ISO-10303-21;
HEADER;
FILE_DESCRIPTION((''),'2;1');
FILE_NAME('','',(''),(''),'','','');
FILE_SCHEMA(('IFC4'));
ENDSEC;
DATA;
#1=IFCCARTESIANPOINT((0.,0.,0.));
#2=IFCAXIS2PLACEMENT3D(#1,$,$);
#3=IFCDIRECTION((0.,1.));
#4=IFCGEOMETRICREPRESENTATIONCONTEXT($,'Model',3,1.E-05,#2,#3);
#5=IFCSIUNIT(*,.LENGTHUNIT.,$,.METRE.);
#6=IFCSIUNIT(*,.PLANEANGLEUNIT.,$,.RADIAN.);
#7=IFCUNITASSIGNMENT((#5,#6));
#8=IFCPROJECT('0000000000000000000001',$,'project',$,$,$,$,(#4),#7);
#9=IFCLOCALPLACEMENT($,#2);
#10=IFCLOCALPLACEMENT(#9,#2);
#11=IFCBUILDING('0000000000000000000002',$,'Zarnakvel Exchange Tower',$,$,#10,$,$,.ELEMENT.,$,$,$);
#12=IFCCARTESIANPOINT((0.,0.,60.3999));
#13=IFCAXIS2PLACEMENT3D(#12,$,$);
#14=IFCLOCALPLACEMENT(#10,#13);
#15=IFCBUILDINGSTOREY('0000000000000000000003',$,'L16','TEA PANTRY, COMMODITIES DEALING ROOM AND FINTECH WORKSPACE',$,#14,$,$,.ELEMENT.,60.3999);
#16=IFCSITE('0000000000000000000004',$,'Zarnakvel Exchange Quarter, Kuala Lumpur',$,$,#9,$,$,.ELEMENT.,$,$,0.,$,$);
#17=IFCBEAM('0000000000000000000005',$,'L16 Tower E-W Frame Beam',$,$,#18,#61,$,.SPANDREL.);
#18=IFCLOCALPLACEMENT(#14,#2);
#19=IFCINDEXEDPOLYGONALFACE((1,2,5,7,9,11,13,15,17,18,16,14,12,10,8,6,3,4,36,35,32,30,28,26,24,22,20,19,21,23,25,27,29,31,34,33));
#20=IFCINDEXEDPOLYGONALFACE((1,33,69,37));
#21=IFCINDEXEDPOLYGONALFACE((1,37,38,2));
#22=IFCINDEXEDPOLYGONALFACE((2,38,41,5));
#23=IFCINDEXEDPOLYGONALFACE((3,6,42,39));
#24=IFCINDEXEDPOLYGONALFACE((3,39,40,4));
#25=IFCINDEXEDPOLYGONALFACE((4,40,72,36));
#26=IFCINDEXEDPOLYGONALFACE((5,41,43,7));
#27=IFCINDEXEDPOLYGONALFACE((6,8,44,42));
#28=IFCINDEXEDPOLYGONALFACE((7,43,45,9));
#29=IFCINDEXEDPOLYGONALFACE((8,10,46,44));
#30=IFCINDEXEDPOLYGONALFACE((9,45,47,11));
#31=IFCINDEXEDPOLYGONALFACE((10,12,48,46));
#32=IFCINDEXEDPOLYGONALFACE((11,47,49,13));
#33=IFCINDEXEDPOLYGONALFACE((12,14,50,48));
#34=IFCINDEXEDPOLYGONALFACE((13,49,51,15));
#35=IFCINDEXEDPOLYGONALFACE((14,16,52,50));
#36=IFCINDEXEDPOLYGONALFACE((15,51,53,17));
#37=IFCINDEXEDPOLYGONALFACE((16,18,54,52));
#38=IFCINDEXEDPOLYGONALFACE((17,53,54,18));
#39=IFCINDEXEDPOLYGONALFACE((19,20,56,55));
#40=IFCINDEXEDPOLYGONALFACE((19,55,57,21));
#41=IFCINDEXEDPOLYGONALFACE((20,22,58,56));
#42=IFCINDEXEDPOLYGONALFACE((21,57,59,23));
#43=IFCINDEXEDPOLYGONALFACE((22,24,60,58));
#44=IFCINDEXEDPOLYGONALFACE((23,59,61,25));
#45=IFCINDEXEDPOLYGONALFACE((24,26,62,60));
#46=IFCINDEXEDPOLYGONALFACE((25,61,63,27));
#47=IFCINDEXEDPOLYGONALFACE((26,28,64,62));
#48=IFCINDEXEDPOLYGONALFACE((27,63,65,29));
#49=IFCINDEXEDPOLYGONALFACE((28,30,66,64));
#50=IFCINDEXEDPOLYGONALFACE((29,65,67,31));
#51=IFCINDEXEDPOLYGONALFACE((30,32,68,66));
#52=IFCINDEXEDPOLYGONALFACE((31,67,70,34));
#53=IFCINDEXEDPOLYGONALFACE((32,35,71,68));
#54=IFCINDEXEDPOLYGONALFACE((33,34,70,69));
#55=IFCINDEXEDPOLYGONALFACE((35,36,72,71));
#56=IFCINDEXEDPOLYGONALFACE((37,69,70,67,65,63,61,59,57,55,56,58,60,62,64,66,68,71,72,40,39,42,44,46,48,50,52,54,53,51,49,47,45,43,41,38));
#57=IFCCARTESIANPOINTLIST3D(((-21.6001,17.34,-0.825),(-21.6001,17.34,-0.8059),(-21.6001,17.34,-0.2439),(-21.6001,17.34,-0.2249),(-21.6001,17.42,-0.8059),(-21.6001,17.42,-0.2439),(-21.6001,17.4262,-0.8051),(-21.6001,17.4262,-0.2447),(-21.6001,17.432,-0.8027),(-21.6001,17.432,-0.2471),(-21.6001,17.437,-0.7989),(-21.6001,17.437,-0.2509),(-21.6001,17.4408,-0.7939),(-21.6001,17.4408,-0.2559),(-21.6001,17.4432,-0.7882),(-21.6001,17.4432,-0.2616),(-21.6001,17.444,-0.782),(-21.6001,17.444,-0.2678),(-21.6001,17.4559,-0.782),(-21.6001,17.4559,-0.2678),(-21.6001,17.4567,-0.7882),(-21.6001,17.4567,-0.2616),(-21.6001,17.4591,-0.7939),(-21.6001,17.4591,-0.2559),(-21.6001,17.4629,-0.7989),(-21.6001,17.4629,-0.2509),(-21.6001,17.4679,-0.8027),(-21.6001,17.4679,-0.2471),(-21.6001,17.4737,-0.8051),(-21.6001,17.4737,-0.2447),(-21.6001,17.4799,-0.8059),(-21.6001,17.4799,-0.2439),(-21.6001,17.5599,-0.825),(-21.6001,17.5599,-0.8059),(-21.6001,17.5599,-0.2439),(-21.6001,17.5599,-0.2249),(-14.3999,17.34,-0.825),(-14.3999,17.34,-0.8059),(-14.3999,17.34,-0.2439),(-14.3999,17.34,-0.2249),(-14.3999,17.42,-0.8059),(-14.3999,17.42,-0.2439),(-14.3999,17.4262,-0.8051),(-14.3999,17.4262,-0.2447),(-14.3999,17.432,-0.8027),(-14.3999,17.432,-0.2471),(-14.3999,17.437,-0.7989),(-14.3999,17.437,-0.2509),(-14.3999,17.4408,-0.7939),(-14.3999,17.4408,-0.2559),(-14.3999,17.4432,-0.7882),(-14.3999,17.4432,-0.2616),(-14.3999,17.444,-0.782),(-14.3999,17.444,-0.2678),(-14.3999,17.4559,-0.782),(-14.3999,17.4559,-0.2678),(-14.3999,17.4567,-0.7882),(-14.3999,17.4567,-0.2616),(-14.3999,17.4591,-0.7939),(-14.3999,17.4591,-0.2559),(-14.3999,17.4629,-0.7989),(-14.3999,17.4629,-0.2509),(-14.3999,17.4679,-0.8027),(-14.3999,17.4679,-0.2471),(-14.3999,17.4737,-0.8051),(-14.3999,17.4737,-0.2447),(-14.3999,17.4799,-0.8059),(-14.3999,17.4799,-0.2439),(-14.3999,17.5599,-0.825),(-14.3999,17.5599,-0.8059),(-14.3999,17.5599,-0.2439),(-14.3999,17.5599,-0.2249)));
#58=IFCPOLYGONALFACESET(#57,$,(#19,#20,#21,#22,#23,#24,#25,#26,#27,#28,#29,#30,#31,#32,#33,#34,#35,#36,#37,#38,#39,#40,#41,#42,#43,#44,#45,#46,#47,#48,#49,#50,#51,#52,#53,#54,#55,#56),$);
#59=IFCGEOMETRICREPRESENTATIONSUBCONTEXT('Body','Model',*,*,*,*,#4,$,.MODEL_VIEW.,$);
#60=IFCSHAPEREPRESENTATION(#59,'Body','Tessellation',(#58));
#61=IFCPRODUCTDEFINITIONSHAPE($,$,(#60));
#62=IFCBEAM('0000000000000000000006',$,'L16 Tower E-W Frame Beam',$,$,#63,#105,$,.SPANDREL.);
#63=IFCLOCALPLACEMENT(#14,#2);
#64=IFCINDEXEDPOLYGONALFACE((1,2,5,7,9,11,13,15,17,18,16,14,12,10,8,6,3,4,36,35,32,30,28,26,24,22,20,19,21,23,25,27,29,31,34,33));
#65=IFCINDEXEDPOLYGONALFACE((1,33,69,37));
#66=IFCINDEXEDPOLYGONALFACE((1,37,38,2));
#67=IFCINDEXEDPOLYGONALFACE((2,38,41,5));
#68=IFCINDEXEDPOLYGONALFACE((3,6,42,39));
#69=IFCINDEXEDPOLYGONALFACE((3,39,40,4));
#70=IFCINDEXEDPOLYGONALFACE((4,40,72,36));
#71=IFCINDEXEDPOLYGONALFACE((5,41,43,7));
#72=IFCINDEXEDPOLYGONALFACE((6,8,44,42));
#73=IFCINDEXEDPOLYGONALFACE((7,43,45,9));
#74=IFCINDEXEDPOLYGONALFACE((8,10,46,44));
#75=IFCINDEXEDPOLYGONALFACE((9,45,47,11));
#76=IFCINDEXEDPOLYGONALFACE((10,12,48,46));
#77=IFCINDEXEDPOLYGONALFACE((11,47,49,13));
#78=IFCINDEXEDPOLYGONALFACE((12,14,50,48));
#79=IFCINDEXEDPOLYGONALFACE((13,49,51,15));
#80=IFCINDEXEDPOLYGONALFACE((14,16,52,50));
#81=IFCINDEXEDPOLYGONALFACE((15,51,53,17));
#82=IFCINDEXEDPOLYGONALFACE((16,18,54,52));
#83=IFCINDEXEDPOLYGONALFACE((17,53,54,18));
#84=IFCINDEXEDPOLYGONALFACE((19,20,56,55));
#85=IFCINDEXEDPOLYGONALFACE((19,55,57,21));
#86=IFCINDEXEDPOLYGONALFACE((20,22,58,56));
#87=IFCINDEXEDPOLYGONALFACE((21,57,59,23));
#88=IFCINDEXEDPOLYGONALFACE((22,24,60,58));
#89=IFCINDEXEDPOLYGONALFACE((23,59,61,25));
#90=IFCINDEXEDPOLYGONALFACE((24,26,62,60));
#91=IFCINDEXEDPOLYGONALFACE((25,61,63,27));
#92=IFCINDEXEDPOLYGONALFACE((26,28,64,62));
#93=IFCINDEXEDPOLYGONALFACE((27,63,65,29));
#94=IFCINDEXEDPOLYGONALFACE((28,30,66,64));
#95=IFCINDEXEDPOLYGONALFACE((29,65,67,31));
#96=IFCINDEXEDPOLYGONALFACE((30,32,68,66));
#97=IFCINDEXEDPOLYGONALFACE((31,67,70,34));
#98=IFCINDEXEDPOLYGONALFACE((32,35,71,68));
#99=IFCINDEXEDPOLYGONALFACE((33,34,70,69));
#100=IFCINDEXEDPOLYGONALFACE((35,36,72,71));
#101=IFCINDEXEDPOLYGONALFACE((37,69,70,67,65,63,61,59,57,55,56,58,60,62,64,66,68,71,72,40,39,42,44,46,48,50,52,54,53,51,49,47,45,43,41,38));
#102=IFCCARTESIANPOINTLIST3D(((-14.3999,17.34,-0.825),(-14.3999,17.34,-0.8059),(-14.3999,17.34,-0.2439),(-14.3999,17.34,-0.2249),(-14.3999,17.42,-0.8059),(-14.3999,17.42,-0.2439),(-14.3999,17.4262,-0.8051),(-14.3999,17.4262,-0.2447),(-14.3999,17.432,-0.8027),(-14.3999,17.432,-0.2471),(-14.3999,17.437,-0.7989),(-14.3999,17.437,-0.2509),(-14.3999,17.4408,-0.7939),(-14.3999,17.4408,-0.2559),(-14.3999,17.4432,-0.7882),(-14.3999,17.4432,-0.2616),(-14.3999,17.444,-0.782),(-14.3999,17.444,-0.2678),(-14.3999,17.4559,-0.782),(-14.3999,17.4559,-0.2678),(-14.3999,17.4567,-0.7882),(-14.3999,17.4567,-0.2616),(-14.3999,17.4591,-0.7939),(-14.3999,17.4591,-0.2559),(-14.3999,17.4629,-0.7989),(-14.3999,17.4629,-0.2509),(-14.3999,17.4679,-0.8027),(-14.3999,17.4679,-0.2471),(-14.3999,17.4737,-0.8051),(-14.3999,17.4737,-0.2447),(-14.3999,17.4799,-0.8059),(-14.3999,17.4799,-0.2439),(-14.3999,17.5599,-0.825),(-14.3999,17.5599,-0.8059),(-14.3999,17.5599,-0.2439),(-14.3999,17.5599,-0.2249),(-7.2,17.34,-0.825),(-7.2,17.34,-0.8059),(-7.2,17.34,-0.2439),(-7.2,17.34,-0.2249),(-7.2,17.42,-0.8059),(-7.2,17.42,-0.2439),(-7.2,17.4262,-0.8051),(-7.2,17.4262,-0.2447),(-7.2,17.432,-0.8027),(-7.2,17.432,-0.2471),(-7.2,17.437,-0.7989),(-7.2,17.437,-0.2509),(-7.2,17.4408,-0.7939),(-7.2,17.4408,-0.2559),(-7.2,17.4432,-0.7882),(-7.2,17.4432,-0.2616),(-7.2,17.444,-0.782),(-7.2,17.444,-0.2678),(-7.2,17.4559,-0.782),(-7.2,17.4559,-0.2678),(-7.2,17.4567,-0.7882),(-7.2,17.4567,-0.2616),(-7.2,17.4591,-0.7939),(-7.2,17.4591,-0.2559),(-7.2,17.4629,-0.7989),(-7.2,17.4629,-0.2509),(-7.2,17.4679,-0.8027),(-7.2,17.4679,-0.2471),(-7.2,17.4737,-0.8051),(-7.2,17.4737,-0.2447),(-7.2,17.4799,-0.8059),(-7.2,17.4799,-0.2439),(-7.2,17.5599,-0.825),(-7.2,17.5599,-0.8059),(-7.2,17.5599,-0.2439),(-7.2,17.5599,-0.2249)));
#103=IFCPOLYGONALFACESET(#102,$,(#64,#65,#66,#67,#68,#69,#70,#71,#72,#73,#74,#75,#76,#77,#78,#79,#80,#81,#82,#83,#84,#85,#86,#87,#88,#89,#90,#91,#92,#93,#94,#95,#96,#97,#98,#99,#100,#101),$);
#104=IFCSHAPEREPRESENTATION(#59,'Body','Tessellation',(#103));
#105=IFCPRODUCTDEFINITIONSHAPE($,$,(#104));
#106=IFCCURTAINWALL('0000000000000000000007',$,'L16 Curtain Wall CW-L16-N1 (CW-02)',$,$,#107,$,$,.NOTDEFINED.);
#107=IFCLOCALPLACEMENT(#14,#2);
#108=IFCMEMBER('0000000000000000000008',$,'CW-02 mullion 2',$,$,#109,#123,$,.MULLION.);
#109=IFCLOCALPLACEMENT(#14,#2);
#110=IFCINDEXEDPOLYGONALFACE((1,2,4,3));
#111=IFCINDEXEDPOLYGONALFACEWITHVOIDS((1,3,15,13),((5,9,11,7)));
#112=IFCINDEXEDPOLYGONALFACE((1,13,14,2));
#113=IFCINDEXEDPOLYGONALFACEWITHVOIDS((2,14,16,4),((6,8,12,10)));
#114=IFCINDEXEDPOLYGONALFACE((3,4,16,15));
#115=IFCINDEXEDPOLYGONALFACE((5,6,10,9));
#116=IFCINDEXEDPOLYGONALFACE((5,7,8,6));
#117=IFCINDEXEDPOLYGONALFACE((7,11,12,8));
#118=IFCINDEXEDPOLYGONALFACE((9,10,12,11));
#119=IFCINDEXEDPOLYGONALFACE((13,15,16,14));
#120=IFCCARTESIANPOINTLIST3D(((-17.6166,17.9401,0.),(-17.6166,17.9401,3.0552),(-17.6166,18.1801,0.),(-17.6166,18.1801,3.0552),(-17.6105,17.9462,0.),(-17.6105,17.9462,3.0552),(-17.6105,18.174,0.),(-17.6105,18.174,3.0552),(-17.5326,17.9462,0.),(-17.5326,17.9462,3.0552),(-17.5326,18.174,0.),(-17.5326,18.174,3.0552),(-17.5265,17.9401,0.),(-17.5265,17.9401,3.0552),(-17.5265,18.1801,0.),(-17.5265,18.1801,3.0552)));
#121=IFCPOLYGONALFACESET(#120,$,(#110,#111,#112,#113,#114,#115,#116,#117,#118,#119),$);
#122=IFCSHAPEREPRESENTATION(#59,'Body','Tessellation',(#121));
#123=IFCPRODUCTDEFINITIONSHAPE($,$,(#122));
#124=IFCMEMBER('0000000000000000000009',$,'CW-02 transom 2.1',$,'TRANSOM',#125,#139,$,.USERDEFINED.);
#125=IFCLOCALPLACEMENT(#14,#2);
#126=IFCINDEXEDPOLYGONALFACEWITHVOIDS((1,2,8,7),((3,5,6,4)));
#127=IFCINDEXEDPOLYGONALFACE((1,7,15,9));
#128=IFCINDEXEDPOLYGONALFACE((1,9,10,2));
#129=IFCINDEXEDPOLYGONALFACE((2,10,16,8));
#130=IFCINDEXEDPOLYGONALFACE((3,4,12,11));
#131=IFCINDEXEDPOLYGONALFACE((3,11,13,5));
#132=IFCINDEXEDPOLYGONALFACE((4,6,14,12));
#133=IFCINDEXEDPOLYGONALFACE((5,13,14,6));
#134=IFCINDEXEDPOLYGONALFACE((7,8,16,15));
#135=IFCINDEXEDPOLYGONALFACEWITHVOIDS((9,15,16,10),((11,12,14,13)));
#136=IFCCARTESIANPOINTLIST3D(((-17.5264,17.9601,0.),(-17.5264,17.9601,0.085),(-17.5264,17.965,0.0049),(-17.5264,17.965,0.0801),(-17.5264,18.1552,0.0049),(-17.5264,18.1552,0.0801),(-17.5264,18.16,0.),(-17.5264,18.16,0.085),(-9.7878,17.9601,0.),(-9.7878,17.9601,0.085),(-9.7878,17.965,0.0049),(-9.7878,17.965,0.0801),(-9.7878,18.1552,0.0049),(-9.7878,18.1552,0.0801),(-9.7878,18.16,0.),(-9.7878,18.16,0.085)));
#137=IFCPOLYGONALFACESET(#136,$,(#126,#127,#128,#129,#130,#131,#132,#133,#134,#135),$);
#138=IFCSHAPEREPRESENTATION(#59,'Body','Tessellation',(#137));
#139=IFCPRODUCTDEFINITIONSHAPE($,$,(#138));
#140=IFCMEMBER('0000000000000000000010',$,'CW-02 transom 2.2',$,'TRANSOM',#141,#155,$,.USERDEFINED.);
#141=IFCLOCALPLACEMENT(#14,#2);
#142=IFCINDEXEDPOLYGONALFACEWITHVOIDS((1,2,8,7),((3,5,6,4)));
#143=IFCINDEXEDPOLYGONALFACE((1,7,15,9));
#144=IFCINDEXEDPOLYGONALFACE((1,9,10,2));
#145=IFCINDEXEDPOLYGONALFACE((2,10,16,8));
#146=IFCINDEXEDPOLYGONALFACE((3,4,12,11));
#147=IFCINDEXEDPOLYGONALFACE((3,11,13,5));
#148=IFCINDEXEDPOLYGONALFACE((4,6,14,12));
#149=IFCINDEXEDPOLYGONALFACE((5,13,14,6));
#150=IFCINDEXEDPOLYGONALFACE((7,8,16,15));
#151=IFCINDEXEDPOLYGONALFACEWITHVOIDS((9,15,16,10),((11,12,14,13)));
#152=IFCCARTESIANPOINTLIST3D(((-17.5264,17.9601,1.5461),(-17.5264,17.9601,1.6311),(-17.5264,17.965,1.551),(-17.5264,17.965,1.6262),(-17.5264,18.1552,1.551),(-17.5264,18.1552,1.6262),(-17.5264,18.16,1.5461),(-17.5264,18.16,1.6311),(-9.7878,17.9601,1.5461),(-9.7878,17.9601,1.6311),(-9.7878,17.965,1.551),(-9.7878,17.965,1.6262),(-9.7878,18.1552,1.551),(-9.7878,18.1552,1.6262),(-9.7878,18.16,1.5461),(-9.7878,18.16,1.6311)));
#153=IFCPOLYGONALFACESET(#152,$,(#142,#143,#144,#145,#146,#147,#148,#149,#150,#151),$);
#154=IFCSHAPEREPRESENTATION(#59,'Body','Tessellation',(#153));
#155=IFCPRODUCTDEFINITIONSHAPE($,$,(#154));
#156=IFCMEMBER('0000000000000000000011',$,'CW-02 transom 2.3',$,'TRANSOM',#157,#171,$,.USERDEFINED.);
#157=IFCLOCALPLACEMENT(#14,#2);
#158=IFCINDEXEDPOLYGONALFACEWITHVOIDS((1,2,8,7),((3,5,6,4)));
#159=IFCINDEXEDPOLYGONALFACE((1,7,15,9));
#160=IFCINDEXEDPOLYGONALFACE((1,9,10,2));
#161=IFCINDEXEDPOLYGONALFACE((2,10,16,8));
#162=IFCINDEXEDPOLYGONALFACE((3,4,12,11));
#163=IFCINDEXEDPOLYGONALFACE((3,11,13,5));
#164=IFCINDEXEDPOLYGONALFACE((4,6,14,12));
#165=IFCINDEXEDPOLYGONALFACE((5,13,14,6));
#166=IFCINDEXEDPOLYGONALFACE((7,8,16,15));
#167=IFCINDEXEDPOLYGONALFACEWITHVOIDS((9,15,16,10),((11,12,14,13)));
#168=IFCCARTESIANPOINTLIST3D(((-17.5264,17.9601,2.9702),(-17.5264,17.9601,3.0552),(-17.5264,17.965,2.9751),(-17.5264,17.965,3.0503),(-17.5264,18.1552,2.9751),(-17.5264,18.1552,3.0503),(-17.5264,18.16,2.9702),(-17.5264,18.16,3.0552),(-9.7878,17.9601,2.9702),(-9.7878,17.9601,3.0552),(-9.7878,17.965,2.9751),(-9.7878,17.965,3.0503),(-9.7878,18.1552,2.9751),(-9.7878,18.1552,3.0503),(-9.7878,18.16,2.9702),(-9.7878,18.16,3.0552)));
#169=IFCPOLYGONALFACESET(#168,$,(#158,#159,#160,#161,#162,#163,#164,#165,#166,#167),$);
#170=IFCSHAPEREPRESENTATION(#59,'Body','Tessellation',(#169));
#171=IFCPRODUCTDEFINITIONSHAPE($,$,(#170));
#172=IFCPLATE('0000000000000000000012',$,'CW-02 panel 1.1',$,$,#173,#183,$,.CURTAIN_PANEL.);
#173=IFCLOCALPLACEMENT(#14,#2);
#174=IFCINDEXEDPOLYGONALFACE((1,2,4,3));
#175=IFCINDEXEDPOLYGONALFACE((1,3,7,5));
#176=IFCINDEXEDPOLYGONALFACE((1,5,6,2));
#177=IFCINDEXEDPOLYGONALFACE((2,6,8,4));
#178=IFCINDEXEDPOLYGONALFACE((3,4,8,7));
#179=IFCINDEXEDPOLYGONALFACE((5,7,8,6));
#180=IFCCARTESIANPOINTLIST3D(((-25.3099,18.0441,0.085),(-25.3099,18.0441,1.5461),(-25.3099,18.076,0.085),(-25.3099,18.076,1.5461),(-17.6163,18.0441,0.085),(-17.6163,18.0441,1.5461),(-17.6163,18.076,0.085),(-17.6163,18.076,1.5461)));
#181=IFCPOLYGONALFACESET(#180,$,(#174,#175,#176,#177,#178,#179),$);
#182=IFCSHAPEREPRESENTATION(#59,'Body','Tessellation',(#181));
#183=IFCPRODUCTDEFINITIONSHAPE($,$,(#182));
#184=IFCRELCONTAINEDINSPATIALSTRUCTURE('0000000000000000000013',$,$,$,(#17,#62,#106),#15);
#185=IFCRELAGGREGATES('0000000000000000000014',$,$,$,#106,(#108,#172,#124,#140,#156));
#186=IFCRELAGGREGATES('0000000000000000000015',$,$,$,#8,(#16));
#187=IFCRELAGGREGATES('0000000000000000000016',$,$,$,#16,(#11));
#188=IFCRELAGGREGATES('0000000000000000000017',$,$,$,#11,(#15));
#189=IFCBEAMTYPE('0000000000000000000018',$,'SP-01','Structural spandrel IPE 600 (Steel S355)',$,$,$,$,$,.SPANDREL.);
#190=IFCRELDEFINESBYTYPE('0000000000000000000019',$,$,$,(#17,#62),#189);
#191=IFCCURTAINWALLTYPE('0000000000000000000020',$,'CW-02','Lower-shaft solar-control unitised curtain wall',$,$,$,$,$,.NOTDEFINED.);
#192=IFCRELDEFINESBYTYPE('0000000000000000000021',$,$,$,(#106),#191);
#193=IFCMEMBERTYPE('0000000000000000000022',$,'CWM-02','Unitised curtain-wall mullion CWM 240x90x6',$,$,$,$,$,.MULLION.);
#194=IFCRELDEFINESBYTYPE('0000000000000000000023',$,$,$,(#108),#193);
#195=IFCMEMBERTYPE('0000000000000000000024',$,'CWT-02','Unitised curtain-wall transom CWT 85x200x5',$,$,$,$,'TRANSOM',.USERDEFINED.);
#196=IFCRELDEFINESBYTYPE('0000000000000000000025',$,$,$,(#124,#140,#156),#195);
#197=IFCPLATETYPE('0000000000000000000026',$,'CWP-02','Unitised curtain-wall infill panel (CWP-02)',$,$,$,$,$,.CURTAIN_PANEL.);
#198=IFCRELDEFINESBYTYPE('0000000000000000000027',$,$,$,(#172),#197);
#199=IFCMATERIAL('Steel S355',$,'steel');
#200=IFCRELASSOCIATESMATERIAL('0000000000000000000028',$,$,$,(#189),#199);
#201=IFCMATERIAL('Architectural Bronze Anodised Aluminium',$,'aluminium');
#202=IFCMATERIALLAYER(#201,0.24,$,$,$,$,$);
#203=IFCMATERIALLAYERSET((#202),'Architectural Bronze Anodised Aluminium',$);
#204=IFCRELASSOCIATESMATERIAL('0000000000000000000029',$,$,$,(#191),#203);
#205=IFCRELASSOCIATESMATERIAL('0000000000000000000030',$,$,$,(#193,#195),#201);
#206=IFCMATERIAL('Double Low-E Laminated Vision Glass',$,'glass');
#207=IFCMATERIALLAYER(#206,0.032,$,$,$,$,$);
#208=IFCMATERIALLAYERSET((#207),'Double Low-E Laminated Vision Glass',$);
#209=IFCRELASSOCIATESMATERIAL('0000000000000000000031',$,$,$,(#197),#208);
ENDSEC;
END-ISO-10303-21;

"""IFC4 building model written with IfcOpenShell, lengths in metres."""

from ifc_helpers import new_model, si_unit, direction, frame, origin, origin_2d, place, context, subcontext, project, spatial, rectangle, hollow_rectangle, i_section, extrude, source, transform, mapped, material, layer, layer_set, material_profile, profile_set, type_object, element, aggregate, save


model = new_model("IFC4")

# Units and contexts
model_context = context("Model", 3, precision=1e-05, world=origin(), true_north=direction((0.0, 1.0)))
body_context = subcontext(model_context, "Body", "Model", "MODEL_VIEW")
ifc_project = project(units=[si_unit("LENGTHUNIT", "METRE"), si_unit("PLANEANGLEUNIT", "RADIAN")], contexts=[model_context])

# Site, building, storey
site_placement = place(None, origin())
site = spatial("IfcSite", under=ifc_project, at=site_placement, Name="Zarnakvel Exchange Quarter, Kuala Lumpur", CompositionType="ELEMENT", RefElevation=0.0)
building_placement = place(site_placement, origin())
building = spatial("IfcBuilding", under=site, at=building_placement, Name="Zarnakvel Exchange Tower", CompositionType="ELEMENT")
storey_placement = place(building_placement, frame((0.0, 0.0, 60.3999)))
storey = spatial("IfcBuildingStorey", under=building, at=storey_placement, Name="L16", Description="TEA PANTRY, COMMODITIES DEALING ROOM AND FINTECH WORKSPACE", CompositionType="ELEMENT", Elevation=60.3999)

# Beams
ifc_material_1 = material(Name="Steel S355", Category="steel")
ifc_material_profile_1 = material_profile(ifc_material_1, i_section(OverallWidth=0.22, OverallDepth=0.6001, WebThickness=0.012, FlangeThickness=0.019, FilletRadius=0.0239, at=origin_2d()))
ifc_profile_set_1 = profile_set([ifc_material_profile_1], Name="Steel S355")
beam_type_1 = type_object("IfcBeamType", Name="SP-01", Description="Structural spandrel IPE 600 (Steel S355)", PredefinedType="SPANDREL", material=ifc_profile_set_1)
beam_1_placement = place(storey_placement, frame((-21.6001, 17.45, -0.5249), z_axis=(1.0, 0.0, 0.0), x_axis=(0.0, 1.0, 0.0)))
element("IfcBeam", 1, at=beam_1_placement, inside=storey, type_object=beam_type_1, Name="L16 Tower E-W Frame Beam", PredefinedType="SPANDREL", context=body_context, shape_type="SweptSolid", body=[
    extrude(i_section(OverallWidth=0.22, OverallDepth=0.6001, WebThickness=0.012, FlangeThickness=0.019, FilletRadius=0.0239, at=origin_2d()), origin(), (0.0, 0.0, 1.0), 7.2002),
])
beam_2_placement = place(storey_placement, frame((-14.3999, 17.45, -0.5249), z_axis=(1.0, 0.0, 0.0), x_axis=(0.0, 1.0, 0.0)))
element("IfcBeam", 2, at=beam_2_placement, inside=storey, type_object=beam_type_1, Name="L16 Tower E-W Frame Beam", PredefinedType="SPANDREL", context=body_context, shape_type="SweptSolid", body=[
    extrude(i_section(OverallWidth=0.22, OverallDepth=0.6001, WebThickness=0.012, FlangeThickness=0.019, FilletRadius=0.0239, at=origin_2d()), origin(), (0.0, 0.0, 1.0), 7.2),
])

# Curtain wall, members, plate
ifc_material_2 = material(Name="Architectural Bronze Anodised Aluminium", Category="aluminium")
ifc_layer_1 = layer(ifc_material_2, 0.24)
ifc_layer_set_1 = layer_set([ifc_layer_1], Name="Architectural Bronze Anodised Aluminium")
curtain_wall_type = type_object("IfcCurtainWallType", Name="CW-02", Description="Lower-shaft solar-control unitised curtain wall", PredefinedType="NOTDEFINED", material=ifc_layer_set_1)
curtain_wall_placement = place(storey_placement, origin())
curtain_wall = element("IfcCurtainWall", 3, at=curtain_wall_placement, inside=storey, type_object=curtain_wall_type, Name="L16 Curtain Wall CW-L16-N1 (CW-02)", PredefinedType="NOTDEFINED")
ifc_material_profile_2 = material_profile(ifc_material_2, hollow_rectangle(XDim=0.24, YDim=0.0901, WallThickness=0.0061, at=origin_2d()))
ifc_profile_set_2 = profile_set([ifc_material_profile_2], Name="Architectural Bronze Anodised Aluminium")
member_type_1 = type_object("IfcMemberType", Name="CWM-02", Description="Unitised curtain-wall mullion CWM 240x90x6", PredefinedType="MULLION", material=ifc_profile_set_2)
shared_shape_1 = source(origin(), body_context, "Body", "SweptSolid", [
    extrude(hollow_rectangle(XDim=0.24, YDim=0.0901, WallThickness=0.0061, at=origin_2d()), origin(), (0.0, 0.0, 1.0), 3.0552),
])
member_1_placement = place(storey_placement, frame((-17.5715, 18.0601, 0.0), z_axis=(0.0, 0.0, 1.0), x_axis=(0.0, 1.0, 0.0)))
member_1 = element("IfcMember", 4, at=member_1_placement, type_object=member_type_1, Name="CW-02 mullion 2", PredefinedType="MULLION", context=body_context, shape_type="MappedRepresentation", body=[
    mapped(shared_shape_1, transform((0.0, 0.0, 0.0), x_axis=(1.0, 0.0, 0.0), y_axis=(0.0, 1.0, 0.0), z_axis=(0.0, 0.0, 1.0), scale=1.0)),
])
ifc_material_profile_3 = material_profile(ifc_material_2, hollow_rectangle(XDim=0.2, YDim=0.085, WallThickness=0.0049, at=origin_2d()))
ifc_profile_set_3 = profile_set([ifc_material_profile_3], Name="Architectural Bronze Anodised Aluminium")
member_type_2 = type_object("IfcMemberType", Name="CWT-02", Description="Unitised curtain-wall transom CWT 85x200x5", ElementType="TRANSOM", PredefinedType="USERDEFINED", material=ifc_profile_set_3)
shared_shape_2 = source(origin(), body_context, "Body", "SweptSolid", [
    extrude(hollow_rectangle(XDim=0.2, YDim=0.085, WallThickness=0.0049, at=origin_2d()), origin(), (0.0, 0.0, 1.0), 7.7385),
])
member_2_placement = place(storey_placement, frame((-17.5264, 18.0601, 0.0425), z_axis=(1.0, 0.0, 0.0), x_axis=(0.0, 1.0, 0.0)))
member_2 = element("IfcMember", 5, at=member_2_placement, type_object=member_type_2, Name="CW-02 transom 2.1", ObjectType="TRANSOM", PredefinedType="USERDEFINED", context=body_context, shape_type="MappedRepresentation", body=[
    mapped(shared_shape_2, transform((0.0, 0.0, 0.0), x_axis=(1.0, 0.0, 0.0), y_axis=(0.0, 1.0, 0.0), z_axis=(0.0, 0.0, 1.0), scale=1.0)),
])
member_3_placement = place(storey_placement, frame((-17.5264, 18.0601, 1.5886), z_axis=(1.0, 0.0, 0.0), x_axis=(0.0, 1.0, 0.0)))
member_3 = element("IfcMember", 6, at=member_3_placement, type_object=member_type_2, Name="CW-02 transom 2.2", ObjectType="TRANSOM", PredefinedType="USERDEFINED", context=body_context, shape_type="MappedRepresentation", body=[
    mapped(shared_shape_2, transform((0.0, 0.0, 0.0), x_axis=(1.0, 0.0, 0.0), y_axis=(0.0, 1.0, 0.0), z_axis=(0.0, 0.0, 1.0), scale=1.0)),
])
member_4_placement = place(storey_placement, frame((-17.5264, 18.0601, 3.0127), z_axis=(1.0, 0.0, 0.0), x_axis=(0.0, 1.0, 0.0)))
member_4 = element("IfcMember", 7, at=member_4_placement, type_object=member_type_2, Name="CW-02 transom 2.3", ObjectType="TRANSOM", PredefinedType="USERDEFINED", context=body_context, shape_type="MappedRepresentation", body=[
    mapped(shared_shape_2, transform((0.0, 0.0, 0.0), x_axis=(1.0, 0.0, 0.0), y_axis=(0.0, 1.0, 0.0), z_axis=(0.0, 0.0, 1.0), scale=1.0)),
])
ifc_material_3 = material(Name="Double Low-E Laminated Vision Glass", Category="glass")
ifc_layer_2 = layer(ifc_material_3, 0.032)
ifc_layer_set_2 = layer_set([ifc_layer_2], Name="Double Low-E Laminated Vision Glass")
plate_type = type_object("IfcPlateType", Name="CWP-02", Description="Unitised curtain-wall infill panel (CWP-02)", PredefinedType="CURTAIN_PANEL", material=ifc_layer_set_2)
shared_shape_3 = source(origin(), body_context, "Body", "SweptSolid", [
    extrude(rectangle(XDim=7.6936, YDim=0.032, at=origin_2d()), origin(), (0.0, 0.0, 1.0), 1.4612),
])
plate_1_placement = place(storey_placement, frame((-21.4631, 18.0601, 0.085), z_axis=(0.0, 0.0, 1.0), x_axis=(1.0, 0.0, 0.0)))
plate_1 = element("IfcPlate", 8, at=plate_1_placement, type_object=plate_type, Name="CW-02 panel 1.1", PredefinedType="CURTAIN_PANEL", context=body_context, shape_type="MappedRepresentation", body=[
    mapped(shared_shape_3, transform((0.0, 0.0, 0.0), x_axis=(1.0, 0.0, 0.0), y_axis=(0.0, 1.0, 0.0), z_axis=(0.0, 0.0, 1.0), scale=1.0)),
])
aggregate(curtain_wall, [member_1, plate_1, member_2, member_3, member_4])

save(model, "model.ifc")
